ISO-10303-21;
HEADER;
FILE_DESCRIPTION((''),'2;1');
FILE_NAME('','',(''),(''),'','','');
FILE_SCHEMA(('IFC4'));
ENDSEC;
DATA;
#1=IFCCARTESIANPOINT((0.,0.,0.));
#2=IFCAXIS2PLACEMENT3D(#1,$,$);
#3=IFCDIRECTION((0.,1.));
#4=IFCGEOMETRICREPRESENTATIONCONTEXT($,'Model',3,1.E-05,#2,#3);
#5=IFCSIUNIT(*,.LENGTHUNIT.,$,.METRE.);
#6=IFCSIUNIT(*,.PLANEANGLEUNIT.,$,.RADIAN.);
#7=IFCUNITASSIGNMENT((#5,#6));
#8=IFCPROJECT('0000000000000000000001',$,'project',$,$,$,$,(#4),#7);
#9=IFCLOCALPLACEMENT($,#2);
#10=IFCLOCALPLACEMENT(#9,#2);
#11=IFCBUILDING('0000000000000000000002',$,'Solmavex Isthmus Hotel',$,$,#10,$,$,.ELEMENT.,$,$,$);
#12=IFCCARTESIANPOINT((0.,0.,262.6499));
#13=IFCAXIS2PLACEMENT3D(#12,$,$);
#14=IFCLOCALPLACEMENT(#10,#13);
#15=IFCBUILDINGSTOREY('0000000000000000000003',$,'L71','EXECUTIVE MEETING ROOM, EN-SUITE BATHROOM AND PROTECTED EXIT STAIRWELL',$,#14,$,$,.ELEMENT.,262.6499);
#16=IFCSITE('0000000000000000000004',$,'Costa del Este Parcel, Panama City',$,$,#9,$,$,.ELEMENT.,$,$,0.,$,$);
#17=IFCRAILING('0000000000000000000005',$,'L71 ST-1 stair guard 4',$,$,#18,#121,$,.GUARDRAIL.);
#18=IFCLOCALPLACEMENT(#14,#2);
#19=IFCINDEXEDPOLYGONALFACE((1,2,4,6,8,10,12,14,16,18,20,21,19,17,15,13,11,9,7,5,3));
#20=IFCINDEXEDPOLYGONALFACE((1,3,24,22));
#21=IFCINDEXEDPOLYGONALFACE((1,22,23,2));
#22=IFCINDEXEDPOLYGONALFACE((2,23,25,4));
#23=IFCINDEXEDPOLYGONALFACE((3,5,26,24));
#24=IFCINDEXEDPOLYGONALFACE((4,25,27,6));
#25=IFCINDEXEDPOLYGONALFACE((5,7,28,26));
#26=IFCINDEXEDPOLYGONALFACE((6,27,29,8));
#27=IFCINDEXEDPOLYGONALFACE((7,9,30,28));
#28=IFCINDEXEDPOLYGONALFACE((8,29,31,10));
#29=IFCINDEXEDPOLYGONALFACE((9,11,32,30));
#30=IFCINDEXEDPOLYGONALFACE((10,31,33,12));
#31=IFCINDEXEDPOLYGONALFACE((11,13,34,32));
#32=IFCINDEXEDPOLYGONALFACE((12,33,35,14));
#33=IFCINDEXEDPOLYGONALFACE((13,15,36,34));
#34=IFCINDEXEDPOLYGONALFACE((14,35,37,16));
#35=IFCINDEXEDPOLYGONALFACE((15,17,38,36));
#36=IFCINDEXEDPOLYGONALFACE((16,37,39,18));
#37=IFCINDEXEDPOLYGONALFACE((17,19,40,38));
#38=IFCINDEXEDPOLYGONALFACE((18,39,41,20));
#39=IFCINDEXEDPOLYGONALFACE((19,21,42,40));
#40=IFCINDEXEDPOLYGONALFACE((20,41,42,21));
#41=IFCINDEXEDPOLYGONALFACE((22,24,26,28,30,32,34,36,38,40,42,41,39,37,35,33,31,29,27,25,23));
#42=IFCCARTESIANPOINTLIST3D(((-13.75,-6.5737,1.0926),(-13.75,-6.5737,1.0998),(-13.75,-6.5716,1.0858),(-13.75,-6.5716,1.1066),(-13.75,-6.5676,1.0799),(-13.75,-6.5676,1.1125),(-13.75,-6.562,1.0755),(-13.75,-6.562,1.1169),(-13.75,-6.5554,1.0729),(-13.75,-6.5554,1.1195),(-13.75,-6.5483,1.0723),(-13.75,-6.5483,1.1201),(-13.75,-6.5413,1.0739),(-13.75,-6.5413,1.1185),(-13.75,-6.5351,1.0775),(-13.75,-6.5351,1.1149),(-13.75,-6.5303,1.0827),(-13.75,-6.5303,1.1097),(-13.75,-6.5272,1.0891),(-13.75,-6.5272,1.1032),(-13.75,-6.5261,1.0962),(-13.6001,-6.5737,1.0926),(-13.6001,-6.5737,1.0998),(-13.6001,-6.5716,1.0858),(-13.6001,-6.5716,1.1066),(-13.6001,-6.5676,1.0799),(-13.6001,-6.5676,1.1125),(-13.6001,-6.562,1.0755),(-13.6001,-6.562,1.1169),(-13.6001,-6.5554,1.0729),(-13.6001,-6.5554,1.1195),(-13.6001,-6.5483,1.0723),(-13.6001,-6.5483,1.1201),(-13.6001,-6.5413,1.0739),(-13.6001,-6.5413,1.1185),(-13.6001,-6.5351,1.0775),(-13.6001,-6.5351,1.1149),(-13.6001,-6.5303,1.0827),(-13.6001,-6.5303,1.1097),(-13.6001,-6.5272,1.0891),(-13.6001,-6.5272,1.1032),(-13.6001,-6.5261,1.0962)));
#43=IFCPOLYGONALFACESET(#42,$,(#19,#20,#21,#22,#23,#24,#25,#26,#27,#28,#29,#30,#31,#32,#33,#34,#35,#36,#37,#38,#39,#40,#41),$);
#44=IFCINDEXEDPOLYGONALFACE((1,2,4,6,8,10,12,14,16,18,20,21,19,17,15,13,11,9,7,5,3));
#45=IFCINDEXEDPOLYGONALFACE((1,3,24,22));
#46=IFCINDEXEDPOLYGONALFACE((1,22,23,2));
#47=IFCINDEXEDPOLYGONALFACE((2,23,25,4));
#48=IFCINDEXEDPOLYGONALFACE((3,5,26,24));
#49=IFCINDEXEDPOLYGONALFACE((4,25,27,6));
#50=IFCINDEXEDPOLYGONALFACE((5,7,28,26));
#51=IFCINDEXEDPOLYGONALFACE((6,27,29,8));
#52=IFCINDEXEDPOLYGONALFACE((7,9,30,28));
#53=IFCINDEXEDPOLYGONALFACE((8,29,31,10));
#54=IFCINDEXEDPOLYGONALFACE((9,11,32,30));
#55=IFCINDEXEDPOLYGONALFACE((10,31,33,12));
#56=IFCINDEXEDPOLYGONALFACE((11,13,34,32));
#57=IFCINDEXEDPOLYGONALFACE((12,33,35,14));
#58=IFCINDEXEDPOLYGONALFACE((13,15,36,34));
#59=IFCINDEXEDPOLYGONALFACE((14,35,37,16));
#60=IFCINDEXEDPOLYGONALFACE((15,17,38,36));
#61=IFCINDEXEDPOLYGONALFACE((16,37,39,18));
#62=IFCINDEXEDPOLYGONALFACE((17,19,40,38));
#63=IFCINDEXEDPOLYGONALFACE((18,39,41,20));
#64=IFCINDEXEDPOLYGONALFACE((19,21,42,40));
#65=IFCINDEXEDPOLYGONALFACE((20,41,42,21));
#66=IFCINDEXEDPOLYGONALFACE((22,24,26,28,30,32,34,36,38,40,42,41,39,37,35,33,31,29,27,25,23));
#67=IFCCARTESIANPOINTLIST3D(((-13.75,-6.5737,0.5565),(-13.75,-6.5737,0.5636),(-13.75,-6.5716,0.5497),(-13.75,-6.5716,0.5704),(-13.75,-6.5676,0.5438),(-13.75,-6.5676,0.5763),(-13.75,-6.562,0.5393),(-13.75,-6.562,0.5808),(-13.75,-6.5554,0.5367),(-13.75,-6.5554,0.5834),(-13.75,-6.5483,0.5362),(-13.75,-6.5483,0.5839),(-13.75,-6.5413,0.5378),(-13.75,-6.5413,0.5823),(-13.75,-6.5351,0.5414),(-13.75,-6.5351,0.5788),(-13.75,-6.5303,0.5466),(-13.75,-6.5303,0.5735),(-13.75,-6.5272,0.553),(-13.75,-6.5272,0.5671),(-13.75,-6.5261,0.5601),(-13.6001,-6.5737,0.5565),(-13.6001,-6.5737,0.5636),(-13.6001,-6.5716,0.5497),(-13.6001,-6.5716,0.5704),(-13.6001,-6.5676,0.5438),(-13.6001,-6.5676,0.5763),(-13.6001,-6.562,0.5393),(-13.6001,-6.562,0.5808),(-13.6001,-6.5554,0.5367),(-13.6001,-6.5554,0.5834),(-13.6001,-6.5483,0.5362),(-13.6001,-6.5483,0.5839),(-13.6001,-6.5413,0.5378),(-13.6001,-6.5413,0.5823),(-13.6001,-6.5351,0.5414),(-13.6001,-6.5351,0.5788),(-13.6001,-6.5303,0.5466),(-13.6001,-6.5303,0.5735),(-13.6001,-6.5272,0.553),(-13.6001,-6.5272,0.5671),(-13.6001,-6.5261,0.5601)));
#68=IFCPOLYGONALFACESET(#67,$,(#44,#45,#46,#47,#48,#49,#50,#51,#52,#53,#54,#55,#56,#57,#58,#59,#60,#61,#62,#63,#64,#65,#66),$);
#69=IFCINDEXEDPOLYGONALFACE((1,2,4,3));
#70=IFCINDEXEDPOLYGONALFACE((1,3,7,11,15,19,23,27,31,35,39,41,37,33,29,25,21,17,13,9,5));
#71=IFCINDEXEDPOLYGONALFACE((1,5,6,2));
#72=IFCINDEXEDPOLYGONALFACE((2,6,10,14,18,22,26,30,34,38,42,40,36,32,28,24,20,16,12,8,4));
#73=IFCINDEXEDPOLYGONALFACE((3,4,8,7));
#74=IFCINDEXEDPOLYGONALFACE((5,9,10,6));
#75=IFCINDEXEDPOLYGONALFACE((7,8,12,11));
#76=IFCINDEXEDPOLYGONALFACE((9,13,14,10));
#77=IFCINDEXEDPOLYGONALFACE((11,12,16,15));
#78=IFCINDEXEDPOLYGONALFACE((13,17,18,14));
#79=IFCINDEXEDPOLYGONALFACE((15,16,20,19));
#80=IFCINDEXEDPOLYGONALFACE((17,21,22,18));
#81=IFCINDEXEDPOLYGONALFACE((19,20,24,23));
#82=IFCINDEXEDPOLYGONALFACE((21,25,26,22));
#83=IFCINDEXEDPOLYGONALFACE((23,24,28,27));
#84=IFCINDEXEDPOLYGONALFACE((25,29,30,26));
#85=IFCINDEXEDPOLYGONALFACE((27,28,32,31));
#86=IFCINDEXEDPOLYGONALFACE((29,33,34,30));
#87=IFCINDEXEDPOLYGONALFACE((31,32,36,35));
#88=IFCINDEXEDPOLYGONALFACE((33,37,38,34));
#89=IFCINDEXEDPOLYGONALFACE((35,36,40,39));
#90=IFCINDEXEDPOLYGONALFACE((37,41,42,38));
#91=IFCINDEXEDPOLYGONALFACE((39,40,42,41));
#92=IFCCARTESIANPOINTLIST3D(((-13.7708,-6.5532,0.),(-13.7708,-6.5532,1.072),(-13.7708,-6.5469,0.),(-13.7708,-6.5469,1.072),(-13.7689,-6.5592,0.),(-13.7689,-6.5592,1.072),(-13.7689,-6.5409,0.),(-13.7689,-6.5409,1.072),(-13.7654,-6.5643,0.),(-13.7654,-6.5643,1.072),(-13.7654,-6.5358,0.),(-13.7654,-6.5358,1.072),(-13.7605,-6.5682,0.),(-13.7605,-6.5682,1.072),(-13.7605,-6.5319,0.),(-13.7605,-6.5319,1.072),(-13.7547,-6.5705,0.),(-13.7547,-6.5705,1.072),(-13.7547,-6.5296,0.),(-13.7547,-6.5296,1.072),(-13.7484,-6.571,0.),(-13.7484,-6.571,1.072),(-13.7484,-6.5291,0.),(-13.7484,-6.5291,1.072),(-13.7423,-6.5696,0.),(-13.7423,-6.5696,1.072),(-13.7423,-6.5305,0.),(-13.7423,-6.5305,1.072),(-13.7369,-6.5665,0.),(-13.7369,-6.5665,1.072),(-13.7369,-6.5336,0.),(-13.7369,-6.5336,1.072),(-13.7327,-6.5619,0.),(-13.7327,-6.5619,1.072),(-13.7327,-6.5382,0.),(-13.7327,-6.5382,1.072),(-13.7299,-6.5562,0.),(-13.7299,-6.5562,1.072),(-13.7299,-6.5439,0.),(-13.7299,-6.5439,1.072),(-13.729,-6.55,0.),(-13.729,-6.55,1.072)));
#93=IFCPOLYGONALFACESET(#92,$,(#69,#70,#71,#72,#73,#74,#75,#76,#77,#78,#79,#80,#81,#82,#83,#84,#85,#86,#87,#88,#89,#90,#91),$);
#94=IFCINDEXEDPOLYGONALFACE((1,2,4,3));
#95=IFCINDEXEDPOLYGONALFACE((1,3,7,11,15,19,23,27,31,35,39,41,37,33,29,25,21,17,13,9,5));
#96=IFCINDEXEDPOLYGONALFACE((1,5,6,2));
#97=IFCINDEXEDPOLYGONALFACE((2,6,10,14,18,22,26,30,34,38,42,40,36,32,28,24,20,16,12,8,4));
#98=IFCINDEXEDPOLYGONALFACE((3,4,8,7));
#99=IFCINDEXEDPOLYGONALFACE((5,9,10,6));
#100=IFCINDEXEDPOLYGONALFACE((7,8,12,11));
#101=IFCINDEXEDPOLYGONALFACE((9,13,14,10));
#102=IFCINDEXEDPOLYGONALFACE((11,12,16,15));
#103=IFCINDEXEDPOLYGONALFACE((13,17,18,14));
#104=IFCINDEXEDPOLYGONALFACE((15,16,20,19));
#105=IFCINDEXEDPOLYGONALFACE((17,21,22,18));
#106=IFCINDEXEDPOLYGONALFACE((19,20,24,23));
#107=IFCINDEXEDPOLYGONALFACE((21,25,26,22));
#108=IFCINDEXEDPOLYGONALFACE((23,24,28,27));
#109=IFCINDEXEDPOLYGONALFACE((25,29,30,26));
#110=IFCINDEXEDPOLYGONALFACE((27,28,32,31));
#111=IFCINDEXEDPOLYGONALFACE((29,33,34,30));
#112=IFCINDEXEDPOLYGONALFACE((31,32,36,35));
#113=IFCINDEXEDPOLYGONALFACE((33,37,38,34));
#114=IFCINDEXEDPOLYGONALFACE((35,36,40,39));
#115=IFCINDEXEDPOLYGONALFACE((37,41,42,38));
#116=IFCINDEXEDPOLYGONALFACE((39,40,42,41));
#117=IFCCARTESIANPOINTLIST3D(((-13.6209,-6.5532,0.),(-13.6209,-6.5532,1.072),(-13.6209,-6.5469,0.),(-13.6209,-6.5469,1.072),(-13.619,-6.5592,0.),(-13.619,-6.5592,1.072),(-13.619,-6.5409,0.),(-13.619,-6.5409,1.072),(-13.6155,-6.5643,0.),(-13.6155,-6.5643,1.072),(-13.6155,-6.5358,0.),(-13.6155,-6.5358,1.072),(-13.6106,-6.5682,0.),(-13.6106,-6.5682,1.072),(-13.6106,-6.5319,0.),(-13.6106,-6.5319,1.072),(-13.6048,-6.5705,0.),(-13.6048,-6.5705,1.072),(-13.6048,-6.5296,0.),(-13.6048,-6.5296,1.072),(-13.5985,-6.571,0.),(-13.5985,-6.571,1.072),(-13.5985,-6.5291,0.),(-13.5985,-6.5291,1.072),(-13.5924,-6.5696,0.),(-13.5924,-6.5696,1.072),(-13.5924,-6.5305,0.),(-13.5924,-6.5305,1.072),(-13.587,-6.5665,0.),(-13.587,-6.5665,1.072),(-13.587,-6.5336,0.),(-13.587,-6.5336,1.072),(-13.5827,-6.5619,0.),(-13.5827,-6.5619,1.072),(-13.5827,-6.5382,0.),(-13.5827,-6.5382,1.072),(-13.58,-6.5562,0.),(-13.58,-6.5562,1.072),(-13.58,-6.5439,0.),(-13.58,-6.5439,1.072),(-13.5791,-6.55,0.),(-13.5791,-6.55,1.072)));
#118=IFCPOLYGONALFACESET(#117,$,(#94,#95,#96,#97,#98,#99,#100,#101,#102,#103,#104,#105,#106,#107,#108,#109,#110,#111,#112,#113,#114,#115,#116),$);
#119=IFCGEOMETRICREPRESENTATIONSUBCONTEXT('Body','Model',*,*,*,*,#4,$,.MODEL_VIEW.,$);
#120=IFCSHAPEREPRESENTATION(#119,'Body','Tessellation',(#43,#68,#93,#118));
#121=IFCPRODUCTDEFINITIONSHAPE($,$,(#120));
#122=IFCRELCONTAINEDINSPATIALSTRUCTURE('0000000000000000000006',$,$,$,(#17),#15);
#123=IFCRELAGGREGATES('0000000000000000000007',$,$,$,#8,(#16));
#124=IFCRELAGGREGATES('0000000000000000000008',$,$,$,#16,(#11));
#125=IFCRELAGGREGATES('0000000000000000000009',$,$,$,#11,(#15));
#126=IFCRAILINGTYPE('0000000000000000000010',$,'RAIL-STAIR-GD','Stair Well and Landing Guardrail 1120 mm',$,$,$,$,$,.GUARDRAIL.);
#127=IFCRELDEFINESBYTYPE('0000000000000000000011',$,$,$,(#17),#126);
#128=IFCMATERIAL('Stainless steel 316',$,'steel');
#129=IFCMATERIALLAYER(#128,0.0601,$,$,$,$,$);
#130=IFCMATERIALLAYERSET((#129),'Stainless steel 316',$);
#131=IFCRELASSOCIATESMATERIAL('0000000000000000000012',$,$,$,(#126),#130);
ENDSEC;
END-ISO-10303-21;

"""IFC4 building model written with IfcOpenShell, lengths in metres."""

from ifc_helpers import new_model, si_unit, direction, frame, origin, origin_2d, place, context, subcontext, project, spatial, circle, extrude, material, layer, layer_set, type_object, element, save


model = new_model("IFC4")

# Units and contexts
model_context = context("Model", 3, precision=1e-05, world=origin(), true_north=direction((0.0, 1.0)))
body_context = subcontext(model_context, "Body", "Model", "MODEL_VIEW")
ifc_project = project(units=[si_unit("LENGTHUNIT", "METRE"), si_unit("PLANEANGLEUNIT", "RADIAN")], contexts=[model_context])

# Site, building, storey
site_placement = place(None, origin())
site = spatial("IfcSite", under=ifc_project, at=site_placement, Name="Costa del Este Parcel, Panama City", CompositionType="ELEMENT", RefElevation=0.0)
building_placement = place(site_placement, origin())
building = spatial("IfcBuilding", under=site, at=building_placement, Name="Solmavex Isthmus Hotel", CompositionType="ELEMENT")
storey_placement = place(building_placement, frame((0.0, 0.0, 262.6499)))
storey = spatial("IfcBuildingStorey", under=building, at=storey_placement, Name="L71", Description="EXECUTIVE MEETING ROOM, EN-SUITE BATHROOM AND PROTECTED EXIT STAIRWELL", CompositionType="ELEMENT", Elevation=262.6499)

# Shared definitions
ifc_material_1 = material(Name="Stainless steel 316", Category="steel")

# Railing
ifc_layer_1 = layer(ifc_material_1, 0.0601)
ifc_layer_set_1 = layer_set([ifc_layer_1], Name="Stainless steel 316")
railing_type_1 = type_object("IfcRailingType", Name="RAIL-STAIR-GD", Description="Stair Well and Landing Guardrail 1120 mm", PredefinedType="GUARDRAIL", material=ifc_layer_set_1)
railing_1_placement = place(storey_placement, frame((-13.75, -6.55, 0.0)))
element("IfcRailing", 1, at=railing_1_placement, inside=storey, type_object=railing_type_1, Name="L71 ST-1 stair guard 4", PredefinedType="GUARDRAIL", context=body_context, shape_type="SweptSolid", body=[
    extrude(circle(Radius=0.0239, at=origin_2d()), frame((0.0, 0.0, 1.0962), z_axis=(1.0, 0.0, 0.0), x_axis=(0.0, 1.0, 0.0)), (0.0, 0.0, 1.0), 0.1499),
    extrude(circle(Radius=0.0239, at=origin_2d()), frame((0.0, 0.0, 0.5601), z_axis=(1.0, 0.0, 0.0), x_axis=(0.0, 1.0, 0.0)), (0.0, 0.0, 1.0), 0.1499),
    extrude(circle(Radius=0.021, at=origin_2d()), origin(), (0.0, 0.0, 1.0), 1.072),
    extrude(circle(Radius=0.021, at=origin_2d()), frame((0.1499, 0.0, 0.0)), (0.0, 0.0, 1.0), 1.072),
])

save(model, "model.ifc")
